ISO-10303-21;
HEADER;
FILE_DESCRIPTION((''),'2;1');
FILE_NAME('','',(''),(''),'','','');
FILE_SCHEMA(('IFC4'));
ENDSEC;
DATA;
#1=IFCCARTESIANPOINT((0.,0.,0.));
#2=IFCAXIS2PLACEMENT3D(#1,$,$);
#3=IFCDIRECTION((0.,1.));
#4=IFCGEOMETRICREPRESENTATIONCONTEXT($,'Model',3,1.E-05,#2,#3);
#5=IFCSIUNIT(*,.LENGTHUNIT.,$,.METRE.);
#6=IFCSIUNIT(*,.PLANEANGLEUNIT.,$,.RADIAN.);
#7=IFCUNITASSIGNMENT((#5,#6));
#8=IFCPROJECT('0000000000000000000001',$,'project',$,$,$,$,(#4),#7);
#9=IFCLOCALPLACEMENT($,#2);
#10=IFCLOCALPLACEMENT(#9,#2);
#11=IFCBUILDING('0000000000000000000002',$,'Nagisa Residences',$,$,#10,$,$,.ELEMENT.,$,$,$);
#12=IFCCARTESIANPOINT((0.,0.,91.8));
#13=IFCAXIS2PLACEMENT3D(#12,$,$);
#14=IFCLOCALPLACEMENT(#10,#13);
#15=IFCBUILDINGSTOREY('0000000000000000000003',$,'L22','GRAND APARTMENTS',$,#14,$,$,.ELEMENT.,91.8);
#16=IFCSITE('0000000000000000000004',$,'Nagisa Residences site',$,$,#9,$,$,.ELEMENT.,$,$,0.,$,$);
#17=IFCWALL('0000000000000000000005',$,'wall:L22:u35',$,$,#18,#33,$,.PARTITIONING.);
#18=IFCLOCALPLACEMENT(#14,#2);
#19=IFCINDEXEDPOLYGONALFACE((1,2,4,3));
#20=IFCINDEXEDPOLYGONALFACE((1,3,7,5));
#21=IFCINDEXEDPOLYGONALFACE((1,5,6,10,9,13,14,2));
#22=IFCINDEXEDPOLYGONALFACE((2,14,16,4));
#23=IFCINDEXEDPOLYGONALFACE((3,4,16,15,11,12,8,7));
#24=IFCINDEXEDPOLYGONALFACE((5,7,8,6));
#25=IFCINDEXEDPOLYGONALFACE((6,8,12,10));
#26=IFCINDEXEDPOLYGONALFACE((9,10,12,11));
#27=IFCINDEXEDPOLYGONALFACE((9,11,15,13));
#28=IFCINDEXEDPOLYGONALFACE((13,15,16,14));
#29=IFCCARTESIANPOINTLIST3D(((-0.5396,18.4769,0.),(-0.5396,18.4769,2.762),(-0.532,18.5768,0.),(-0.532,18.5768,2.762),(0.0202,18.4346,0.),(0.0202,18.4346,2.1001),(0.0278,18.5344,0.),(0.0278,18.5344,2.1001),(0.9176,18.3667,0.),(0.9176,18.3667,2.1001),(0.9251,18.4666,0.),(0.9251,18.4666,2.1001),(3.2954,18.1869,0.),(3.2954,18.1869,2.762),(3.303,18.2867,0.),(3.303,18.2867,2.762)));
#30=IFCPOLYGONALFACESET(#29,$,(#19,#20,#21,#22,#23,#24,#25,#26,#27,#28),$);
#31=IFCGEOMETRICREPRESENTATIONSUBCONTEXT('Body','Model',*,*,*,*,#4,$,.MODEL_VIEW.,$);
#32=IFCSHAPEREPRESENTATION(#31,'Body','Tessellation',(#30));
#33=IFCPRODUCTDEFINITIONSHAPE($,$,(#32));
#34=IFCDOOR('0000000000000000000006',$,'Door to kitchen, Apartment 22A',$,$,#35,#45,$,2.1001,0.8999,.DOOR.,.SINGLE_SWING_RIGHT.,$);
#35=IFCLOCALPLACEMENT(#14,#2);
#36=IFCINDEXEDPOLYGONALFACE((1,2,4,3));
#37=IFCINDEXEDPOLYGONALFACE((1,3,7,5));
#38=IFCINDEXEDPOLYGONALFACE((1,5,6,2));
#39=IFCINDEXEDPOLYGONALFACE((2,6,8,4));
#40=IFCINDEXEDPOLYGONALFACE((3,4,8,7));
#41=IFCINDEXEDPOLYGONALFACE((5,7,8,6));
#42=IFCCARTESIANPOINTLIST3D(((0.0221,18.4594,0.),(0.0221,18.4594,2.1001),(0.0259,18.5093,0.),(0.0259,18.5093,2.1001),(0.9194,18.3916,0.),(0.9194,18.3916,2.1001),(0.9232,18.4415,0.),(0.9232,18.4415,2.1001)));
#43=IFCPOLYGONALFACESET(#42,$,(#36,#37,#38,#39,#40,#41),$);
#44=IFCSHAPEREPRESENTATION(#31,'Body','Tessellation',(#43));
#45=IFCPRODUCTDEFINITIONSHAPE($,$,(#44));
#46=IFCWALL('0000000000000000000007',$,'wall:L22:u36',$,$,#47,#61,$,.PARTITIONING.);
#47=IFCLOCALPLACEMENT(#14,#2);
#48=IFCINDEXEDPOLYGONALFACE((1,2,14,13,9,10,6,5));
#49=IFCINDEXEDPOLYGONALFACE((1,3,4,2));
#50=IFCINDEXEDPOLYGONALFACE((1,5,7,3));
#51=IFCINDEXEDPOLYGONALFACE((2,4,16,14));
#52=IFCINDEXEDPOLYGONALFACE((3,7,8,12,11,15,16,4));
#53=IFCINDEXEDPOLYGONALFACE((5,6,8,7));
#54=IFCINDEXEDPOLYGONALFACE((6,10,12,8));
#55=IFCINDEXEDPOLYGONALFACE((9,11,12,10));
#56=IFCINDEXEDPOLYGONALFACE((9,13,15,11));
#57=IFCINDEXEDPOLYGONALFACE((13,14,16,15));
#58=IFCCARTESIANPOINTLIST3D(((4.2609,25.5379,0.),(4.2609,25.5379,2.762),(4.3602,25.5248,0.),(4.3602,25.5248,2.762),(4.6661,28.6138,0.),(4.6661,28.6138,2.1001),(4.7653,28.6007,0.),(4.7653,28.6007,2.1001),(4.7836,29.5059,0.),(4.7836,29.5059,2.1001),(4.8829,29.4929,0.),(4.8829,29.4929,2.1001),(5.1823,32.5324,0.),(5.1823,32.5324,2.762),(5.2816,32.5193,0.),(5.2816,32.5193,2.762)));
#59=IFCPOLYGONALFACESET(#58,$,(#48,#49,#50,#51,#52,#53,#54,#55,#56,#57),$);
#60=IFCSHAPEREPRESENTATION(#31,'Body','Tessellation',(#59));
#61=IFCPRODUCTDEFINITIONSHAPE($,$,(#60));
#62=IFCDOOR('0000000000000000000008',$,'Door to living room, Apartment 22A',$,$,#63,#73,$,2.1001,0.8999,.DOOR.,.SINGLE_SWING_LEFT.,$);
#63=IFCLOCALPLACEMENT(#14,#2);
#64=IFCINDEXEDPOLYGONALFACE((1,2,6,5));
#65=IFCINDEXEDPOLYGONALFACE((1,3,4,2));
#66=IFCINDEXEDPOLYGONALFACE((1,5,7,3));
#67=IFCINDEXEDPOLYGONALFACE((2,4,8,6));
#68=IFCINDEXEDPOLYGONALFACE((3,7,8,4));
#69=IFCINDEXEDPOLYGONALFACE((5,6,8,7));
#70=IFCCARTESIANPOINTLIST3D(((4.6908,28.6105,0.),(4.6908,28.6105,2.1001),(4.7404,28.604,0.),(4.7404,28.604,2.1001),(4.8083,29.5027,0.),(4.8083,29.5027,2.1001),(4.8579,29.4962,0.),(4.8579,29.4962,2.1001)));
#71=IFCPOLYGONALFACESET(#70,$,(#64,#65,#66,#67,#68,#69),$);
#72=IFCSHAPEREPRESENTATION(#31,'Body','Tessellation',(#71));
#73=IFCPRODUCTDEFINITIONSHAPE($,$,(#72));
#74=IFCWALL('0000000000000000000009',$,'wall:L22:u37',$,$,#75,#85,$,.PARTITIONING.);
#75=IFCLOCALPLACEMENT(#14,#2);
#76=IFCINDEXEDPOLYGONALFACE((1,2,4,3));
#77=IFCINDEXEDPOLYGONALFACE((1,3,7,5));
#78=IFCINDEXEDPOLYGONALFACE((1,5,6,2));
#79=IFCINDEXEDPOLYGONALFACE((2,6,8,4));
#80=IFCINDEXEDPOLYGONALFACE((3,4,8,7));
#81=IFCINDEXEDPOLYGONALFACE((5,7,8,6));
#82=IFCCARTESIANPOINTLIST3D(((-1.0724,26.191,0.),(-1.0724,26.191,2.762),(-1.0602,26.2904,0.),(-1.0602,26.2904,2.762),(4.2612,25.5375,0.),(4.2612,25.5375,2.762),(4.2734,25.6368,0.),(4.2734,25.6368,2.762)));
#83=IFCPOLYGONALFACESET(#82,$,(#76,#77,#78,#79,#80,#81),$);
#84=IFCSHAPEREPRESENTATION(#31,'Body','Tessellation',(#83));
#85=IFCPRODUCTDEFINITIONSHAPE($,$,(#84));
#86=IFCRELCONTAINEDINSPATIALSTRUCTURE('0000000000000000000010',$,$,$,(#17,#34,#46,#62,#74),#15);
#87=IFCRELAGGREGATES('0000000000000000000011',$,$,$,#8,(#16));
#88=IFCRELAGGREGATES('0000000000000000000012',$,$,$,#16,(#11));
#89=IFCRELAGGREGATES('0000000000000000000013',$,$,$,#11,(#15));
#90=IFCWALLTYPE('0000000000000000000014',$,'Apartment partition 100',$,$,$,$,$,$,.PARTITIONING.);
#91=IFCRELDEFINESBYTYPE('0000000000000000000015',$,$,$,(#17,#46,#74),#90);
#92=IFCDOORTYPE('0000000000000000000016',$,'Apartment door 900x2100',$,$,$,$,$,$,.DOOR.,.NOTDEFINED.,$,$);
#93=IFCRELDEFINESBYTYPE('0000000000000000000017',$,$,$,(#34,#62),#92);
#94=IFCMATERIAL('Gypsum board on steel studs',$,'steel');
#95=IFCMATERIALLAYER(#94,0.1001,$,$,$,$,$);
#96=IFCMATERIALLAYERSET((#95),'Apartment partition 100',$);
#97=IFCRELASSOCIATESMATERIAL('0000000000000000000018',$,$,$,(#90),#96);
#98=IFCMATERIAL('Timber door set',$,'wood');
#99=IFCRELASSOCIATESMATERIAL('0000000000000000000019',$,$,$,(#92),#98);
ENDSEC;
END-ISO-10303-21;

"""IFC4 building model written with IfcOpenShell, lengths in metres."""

from ifc_helpers import new_model, si_unit, direction, frame, frame_2d, origin, place, context, subcontext, project, spatial, rectangle, extrude, material, layer, layer_set, type_object, element, fill, save


model = new_model("IFC4")

# Units and contexts
model_context = context("Model", 3, precision=1e-05, world=origin(), true_north=direction((0.0, 1.0)))
body_context = subcontext(model_context, "Body", "Model", "MODEL_VIEW")
ifc_project = project(units=[si_unit("LENGTHUNIT", "METRE"), si_unit("PLANEANGLEUNIT", "RADIAN")], contexts=[model_context])

# Site, building, storey
site_placement = place(None, origin())
site = spatial("IfcSite", under=ifc_project, at=site_placement, Name="Nagisa Residences site", CompositionType="ELEMENT", RefElevation=0.0)
building_placement = place(site_placement, origin())
building = spatial("IfcBuilding", under=site, at=building_placement, Name="Nagisa Residences", CompositionType="ELEMENT")
storey_placement = place(building_placement, frame((0.0, 0.0, 91.8)))
storey = spatial("IfcBuildingStorey", under=building, at=storey_placement, Name="L22", Description="GRAND APARTMENTS", CompositionType="ELEMENT", Elevation=91.8)

# Shared definitions
ifc_material_1 = material(Name="Gypsum board on steel studs", Category="steel")
ifc_layer_1 = layer(ifc_material_1, 0.1001)
ifc_layer_set_1 = layer_set([ifc_layer_1], Name="Apartment partition 100")
wall_type_1 = type_object("IfcWallType", Name="Apartment partition 100", PredefinedType="PARTITIONING", material=ifc_layer_set_1)
ifc_material_2 = material(Name="Timber door set", Category="wood")
door_type_1 = type_object("IfcDoorType", Name="Apartment door 900x2100", OperationType="NOTDEFINED", PredefinedType="DOOR", material=ifc_material_2)

# Walls, openings, doors
wall_1_placement = place(storey_placement, frame((3.2991, 18.2368, 0.0), z_axis=(0.0, 0.0, 1.0), x_axis=(-0.997152, 0.075415, 0.0)))
wall_1 = element("IfcWall", 1, at=wall_1_placement, inside=storey, type_object=wall_type_1, Name="wall:L22:u35", PredefinedType="PARTITIONING", context=body_context, shape_type="SweptSolid", body=[
    extrude(rectangle(XDim=3.8459, YDim=0.1001, at=frame_2d((1.9229, 0.0))), origin(), (0.0, 0.0, 1.0), 2.762),
])
opening_1_placement = place(wall_1_placement, frame((2.3845, 0.0, 0.0)))
opening_1 = element("IfcOpeningElement", 2, at=opening_1_placement, cuts=wall_1, PredefinedType="OPENING", context=body_context, shape_type="SweptSolid", body=[
    extrude(rectangle(XDim=0.8999, YDim=2.1001, at=frame_2d((0.45, 1.05))), frame((0.0, 0.0601, 0.0), z_axis=(0.0, -1.0, 0.0), x_axis=(1.0, 0.0, 0.0)), (0.0, 0.0, 1.0), 0.1201),
])
door_1_placement = place(opening_1_placement, frame((0.8999, 0.0, 0.0), x_axis=(-1.0, 0.0, 0.0)))
door_1 = element("IfcDoor", 3, at=door_1_placement, inside=storey, type_object=door_type_1, Name="Door to kitchen, Apartment 22A", OperationType="SINGLE_SWING_RIGHT", OverallHeight=2.1001, OverallWidth=0.8999, PredefinedType="DOOR", context=body_context, shape_type="SweptSolid", body=[
    extrude(rectangle(XDim=0.8999, YDim=2.1001, at=frame_2d((0.45, 1.05))), frame((0.0, 0.0249, 0.0), z_axis=(0.0, -1.0, 0.0), x_axis=(1.0, 0.0, 0.0)), (0.0, 0.0, 1.0), 0.05),
])
fill(opening_1, door_1)
wall_2_placement = place(storey_placement, frame((4.3105, 25.5315, 0.0), z_axis=(0.0, 0.0, 1.0), x_axis=(0.130604, 0.991435, 0.0)))
wall_2 = element("IfcWall", 4, at=wall_2_placement, inside=storey, type_object=wall_type_1, Name="wall:L22:u36", PredefinedType="PARTITIONING", context=body_context, shape_type="SweptSolid", body=[
    extrude(rectangle(XDim=7.0549, YDim=0.1001, at=frame_2d((3.5273, 0.0))), origin(), (0.0, 0.0, 1.0), 2.762),
])
opening_2_placement = place(wall_2_placement, frame((3.1023, 0.0, 0.0)))
opening_2 = element("IfcOpeningElement", 5, at=opening_2_placement, cuts=wall_2, PredefinedType="OPENING", context=body_context, shape_type="SweptSolid", body=[
    extrude(rectangle(XDim=0.8999, YDim=2.1001, at=frame_2d((0.45, 1.05))), frame((0.0, 0.0601, 0.0), z_axis=(0.0, -1.0, 0.0), x_axis=(1.0, 0.0, 0.0)), (0.0, 0.0, 1.0), 0.1201),
])
door_2_placement = place(opening_2_placement, frame((0.8999, 0.0, 0.0), x_axis=(-1.0, 0.0, 0.0)))
door_2 = element("IfcDoor", 6, at=door_2_placement, inside=storey, type_object=door_type_1, Name="Door to living room, Apartment 22A", OperationType="SINGLE_SWING_LEFT", OverallHeight=2.1001, OverallWidth=0.8999, PredefinedType="DOOR", context=body_context, shape_type="SweptSolid", body=[
    extrude(rectangle(XDim=0.8999, YDim=2.1001, at=frame_2d((0.45, 1.05))), frame((0.0, 0.0249, 0.0), z_axis=(0.0, -1.0, 0.0), x_axis=(1.0, 0.0, 0.0)), (0.0, 0.0, 1.0), 0.05),
])
fill(opening_2, door_2)

# Wall
wall_3_placement = place(storey_placement, frame((4.2673, 25.5872, 0.0), z_axis=(0.0, 0.0, 1.0), x_axis=(-0.992576, 0.121624, 0.0)))
element("IfcWall", 7, at=wall_3_placement, inside=storey, type_object=wall_type_1, Name="wall:L22:u37", PredefinedType="PARTITIONING", context=body_context, shape_type="SweptSolid", body=[
    extrude(rectangle(XDim=5.3735, YDim=0.1001, at=frame_2d((2.6868, 0.0))), origin(), (0.0, 0.0, 1.0), 2.762),
])

save(model, "model.ifc")
